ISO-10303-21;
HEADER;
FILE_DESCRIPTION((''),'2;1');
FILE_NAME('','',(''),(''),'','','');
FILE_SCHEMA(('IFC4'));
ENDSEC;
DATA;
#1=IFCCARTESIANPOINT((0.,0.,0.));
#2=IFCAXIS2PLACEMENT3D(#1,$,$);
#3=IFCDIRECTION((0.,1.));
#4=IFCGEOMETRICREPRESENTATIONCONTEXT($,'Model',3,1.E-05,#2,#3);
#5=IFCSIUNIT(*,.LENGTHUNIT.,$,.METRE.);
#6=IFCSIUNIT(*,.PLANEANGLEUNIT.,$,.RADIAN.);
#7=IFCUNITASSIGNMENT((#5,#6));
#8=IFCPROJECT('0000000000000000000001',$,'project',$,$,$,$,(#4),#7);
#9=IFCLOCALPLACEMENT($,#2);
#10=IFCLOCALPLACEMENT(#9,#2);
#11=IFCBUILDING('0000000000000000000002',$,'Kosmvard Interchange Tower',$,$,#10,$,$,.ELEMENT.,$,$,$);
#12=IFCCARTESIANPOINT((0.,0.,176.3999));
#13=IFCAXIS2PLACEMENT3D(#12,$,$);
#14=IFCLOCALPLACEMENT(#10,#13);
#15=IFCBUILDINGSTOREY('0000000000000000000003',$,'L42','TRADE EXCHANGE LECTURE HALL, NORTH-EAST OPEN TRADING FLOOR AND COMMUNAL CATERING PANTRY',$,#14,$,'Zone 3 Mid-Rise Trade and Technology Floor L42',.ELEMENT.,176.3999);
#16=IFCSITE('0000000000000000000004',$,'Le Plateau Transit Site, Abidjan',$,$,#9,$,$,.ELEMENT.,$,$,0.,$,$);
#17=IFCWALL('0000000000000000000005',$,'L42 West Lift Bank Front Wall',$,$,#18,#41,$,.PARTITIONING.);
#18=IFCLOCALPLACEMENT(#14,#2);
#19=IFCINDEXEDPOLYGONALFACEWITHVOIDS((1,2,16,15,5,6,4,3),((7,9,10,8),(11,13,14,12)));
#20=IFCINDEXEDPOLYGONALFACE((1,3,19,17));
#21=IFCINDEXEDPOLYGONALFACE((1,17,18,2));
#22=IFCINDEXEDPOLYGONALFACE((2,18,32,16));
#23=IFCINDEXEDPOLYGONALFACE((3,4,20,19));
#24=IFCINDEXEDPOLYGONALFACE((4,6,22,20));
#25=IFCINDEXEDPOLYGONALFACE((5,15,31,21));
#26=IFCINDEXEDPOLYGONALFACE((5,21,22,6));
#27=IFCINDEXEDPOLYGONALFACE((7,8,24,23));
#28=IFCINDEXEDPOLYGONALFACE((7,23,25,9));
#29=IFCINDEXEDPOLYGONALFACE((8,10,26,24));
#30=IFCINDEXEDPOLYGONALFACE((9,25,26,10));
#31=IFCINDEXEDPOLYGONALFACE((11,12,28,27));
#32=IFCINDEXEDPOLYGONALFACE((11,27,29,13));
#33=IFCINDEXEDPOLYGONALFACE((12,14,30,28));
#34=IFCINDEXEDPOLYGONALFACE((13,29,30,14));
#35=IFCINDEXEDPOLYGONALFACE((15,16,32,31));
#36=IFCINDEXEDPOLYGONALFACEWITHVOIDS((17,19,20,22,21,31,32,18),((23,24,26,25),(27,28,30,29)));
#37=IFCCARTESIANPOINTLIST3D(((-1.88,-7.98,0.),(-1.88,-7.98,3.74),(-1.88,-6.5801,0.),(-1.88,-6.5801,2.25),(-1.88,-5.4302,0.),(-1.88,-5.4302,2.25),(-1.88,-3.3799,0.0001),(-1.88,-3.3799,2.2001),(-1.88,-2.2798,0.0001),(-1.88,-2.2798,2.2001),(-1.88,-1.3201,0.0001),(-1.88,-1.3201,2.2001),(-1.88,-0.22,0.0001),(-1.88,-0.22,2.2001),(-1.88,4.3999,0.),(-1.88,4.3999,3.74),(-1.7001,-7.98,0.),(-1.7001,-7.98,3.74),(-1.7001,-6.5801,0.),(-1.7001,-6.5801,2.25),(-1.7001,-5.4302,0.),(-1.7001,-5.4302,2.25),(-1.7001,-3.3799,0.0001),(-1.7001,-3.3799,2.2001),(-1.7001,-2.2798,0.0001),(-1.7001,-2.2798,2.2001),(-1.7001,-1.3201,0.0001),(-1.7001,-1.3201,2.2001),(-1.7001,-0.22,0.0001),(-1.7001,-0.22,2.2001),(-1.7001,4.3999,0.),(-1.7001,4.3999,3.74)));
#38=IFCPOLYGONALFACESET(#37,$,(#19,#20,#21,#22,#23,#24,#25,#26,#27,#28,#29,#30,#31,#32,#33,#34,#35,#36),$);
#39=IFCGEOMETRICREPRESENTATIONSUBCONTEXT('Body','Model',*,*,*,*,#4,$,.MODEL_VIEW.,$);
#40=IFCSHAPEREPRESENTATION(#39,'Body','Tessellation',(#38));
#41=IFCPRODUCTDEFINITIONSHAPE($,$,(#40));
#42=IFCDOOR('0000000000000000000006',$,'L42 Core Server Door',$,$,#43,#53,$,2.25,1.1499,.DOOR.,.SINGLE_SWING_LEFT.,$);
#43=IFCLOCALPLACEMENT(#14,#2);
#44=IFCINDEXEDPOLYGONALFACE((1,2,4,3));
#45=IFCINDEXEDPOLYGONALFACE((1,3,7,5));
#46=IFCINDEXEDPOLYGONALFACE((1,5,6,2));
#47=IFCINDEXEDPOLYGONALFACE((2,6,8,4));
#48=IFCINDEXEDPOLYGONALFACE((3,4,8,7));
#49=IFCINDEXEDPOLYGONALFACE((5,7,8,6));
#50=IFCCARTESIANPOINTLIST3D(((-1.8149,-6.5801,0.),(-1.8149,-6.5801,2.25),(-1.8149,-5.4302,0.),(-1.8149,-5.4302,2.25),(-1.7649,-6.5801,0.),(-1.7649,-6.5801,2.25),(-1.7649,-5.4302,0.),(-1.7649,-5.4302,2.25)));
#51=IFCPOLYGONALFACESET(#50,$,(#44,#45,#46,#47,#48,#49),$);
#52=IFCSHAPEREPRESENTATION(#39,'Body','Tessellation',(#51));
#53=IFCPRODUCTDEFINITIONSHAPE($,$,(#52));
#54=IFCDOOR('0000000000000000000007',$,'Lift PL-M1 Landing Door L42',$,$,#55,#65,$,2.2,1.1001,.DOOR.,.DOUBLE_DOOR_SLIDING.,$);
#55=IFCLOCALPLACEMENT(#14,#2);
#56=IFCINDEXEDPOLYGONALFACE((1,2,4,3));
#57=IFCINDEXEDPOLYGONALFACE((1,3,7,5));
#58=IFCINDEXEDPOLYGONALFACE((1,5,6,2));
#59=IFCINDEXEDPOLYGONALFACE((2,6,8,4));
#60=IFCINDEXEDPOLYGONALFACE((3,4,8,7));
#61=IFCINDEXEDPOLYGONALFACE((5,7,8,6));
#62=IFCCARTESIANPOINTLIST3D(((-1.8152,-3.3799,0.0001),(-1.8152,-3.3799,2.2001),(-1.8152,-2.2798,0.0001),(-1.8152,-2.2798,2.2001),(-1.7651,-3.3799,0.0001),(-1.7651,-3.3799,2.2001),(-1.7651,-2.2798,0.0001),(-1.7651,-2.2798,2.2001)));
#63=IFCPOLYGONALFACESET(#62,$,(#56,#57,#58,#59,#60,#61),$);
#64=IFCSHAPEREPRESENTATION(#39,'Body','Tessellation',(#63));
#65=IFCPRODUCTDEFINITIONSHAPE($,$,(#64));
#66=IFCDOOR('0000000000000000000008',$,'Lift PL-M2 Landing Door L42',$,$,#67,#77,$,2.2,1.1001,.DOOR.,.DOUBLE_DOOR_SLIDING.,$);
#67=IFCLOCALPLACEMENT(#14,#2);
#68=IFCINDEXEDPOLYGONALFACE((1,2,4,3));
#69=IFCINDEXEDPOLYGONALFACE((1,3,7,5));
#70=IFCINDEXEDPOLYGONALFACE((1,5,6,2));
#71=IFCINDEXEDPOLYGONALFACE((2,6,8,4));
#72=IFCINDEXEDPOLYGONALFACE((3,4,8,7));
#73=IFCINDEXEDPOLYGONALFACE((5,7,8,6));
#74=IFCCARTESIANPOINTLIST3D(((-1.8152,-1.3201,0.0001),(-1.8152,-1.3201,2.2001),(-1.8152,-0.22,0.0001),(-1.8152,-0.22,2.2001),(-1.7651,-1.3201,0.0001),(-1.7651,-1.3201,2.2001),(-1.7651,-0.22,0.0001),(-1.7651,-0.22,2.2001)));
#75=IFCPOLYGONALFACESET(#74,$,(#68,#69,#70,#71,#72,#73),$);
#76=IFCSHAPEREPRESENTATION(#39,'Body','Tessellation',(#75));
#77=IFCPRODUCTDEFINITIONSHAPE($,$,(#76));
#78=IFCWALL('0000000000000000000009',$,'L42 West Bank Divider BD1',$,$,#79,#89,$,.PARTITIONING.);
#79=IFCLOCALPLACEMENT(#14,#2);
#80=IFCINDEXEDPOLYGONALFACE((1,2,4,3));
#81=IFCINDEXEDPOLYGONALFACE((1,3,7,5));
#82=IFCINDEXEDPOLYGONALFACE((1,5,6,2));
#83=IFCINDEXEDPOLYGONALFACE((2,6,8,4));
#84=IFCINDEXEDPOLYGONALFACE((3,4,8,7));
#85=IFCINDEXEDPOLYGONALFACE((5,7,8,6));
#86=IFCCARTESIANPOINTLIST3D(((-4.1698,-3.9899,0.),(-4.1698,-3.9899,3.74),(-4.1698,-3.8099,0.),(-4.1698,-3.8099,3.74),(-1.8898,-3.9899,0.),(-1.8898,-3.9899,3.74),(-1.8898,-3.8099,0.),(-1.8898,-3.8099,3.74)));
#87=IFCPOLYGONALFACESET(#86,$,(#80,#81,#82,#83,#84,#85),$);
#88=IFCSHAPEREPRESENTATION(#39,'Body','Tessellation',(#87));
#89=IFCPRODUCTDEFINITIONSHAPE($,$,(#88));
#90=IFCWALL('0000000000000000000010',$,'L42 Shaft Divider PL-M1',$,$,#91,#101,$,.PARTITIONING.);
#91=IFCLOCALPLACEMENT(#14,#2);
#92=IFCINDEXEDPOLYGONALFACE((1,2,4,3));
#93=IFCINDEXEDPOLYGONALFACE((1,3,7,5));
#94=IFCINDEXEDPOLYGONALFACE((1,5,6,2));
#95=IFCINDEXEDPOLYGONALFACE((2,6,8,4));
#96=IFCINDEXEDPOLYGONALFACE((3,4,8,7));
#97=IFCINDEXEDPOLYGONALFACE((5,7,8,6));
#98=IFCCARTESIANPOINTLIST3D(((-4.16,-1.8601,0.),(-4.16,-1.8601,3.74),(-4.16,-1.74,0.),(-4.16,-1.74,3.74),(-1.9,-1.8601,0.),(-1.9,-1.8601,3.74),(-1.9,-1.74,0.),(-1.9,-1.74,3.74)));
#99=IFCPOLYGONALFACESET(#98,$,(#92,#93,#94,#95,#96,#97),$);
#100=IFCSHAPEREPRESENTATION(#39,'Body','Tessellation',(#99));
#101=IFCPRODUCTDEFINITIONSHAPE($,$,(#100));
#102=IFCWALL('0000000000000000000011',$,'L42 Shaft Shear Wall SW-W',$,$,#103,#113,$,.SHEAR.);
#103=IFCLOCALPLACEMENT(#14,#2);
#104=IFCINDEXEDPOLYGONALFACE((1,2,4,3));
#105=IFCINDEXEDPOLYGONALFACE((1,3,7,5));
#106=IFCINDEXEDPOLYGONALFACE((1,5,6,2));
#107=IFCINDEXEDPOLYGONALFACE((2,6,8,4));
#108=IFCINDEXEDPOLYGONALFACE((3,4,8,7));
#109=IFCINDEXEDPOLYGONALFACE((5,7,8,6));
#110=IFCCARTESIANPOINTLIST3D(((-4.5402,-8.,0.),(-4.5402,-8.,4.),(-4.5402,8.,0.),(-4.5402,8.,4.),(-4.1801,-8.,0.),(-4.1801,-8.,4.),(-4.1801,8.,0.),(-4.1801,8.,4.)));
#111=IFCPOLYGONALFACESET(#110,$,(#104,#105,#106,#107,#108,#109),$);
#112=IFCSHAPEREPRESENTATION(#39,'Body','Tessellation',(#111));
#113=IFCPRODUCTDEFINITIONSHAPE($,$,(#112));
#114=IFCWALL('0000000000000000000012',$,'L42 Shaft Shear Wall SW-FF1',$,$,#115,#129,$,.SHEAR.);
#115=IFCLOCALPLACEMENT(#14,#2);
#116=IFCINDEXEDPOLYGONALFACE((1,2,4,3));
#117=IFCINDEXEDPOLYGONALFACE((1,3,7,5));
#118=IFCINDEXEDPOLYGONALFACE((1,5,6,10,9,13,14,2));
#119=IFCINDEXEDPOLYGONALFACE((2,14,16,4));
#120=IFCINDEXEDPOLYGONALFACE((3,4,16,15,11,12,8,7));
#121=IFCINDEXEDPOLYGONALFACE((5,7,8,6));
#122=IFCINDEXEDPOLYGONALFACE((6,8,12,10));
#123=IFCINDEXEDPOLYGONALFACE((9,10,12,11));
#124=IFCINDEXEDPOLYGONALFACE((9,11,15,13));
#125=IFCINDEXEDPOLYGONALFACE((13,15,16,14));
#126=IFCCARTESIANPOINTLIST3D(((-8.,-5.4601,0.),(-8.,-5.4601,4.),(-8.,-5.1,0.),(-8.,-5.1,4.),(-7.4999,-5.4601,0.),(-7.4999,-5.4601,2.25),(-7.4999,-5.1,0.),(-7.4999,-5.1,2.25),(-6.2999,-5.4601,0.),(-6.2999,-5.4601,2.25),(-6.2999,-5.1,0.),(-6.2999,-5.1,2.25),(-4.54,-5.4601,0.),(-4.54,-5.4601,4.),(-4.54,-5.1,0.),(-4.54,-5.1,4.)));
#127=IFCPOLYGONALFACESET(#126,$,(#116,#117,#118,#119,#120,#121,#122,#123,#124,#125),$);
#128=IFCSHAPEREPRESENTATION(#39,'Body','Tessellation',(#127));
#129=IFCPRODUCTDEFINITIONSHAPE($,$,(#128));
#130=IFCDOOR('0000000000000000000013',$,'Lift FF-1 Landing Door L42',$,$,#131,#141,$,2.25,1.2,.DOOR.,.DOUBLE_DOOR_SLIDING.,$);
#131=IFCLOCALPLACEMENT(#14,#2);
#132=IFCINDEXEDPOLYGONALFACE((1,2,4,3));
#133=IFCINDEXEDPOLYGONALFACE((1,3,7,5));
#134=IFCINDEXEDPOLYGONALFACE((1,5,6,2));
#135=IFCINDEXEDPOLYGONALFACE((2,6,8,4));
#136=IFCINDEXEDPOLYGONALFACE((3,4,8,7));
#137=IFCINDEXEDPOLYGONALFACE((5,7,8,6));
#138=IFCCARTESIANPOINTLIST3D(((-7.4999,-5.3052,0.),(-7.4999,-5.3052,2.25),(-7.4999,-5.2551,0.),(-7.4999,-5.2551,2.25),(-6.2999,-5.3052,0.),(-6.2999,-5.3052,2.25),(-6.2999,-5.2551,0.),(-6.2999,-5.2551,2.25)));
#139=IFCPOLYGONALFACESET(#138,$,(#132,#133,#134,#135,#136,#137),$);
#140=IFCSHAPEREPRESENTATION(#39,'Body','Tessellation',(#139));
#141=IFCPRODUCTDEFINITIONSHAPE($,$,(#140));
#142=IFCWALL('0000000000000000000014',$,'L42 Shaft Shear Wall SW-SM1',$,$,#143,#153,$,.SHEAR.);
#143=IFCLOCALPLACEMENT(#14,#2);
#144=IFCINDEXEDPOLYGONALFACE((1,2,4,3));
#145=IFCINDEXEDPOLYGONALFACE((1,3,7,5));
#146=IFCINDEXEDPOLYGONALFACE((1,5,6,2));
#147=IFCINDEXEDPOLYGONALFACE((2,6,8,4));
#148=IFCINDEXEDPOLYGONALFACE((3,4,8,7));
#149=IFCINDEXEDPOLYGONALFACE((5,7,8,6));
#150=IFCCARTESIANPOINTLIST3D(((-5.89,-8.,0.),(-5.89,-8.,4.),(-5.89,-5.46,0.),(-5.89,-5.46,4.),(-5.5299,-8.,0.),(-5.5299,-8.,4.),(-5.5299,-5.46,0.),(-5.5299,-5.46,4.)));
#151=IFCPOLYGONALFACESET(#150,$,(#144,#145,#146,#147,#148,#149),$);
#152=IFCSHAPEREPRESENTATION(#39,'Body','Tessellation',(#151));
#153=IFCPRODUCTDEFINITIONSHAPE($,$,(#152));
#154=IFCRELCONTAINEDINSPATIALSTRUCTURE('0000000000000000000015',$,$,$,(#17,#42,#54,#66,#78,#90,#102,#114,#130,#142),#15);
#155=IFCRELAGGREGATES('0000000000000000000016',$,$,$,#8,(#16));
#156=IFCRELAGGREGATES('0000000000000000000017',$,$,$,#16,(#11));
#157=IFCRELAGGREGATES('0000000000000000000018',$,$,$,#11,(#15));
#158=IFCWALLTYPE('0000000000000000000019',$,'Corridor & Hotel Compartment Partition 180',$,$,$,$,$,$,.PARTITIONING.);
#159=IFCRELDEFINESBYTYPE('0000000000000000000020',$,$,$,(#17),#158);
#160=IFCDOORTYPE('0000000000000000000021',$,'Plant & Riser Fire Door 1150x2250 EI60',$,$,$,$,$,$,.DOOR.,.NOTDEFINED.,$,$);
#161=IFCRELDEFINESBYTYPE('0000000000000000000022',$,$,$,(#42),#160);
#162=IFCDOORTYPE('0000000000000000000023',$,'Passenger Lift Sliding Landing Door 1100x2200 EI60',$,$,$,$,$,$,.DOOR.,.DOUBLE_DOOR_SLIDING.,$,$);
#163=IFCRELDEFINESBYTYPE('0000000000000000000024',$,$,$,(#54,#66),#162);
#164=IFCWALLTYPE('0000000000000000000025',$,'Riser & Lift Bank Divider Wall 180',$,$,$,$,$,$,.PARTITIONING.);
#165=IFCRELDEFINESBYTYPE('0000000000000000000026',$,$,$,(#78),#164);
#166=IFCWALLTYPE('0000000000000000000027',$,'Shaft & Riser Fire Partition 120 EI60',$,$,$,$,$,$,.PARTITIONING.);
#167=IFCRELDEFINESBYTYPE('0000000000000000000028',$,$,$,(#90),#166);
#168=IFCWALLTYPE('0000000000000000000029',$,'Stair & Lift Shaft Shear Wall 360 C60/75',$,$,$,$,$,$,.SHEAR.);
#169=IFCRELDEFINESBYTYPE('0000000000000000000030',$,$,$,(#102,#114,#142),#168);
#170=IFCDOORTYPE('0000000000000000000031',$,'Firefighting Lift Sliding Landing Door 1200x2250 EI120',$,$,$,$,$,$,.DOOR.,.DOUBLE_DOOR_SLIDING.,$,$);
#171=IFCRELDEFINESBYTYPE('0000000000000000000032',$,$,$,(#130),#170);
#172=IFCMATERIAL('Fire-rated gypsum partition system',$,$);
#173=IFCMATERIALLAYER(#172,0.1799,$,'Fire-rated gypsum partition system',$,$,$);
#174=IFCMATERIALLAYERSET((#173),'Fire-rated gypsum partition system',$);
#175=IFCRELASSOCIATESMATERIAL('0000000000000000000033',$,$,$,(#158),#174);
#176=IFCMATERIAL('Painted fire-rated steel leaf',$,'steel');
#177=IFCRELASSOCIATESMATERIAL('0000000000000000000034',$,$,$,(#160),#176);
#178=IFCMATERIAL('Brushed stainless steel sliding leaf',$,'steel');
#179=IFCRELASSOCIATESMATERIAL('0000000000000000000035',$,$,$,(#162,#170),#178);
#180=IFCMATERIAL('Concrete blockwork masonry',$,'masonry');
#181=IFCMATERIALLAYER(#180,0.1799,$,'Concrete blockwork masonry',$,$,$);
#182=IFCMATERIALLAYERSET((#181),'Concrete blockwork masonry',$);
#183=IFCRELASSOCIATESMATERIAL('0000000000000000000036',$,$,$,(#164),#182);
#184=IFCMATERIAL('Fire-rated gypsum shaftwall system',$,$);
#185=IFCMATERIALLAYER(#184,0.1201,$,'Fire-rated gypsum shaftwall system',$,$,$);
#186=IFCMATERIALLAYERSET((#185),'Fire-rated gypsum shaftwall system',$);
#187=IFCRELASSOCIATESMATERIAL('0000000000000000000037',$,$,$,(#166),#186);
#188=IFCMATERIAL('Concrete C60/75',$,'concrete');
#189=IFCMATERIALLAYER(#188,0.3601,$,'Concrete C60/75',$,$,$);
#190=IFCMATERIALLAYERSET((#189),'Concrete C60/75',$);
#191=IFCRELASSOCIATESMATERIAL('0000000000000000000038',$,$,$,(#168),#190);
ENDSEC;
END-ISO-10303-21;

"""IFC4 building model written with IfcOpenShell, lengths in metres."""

from ifc_helpers import new_model, si_unit, direction, frame, frame_2d, origin, place, context, subcontext, project, spatial, rectangle, extrude, source, transform, mapped, material, layer, layer_set, type_object, element, fill, save


model = new_model("IFC4")

# Units and contexts
model_context = context("Model", 3, precision=1e-05, world=origin(), true_north=direction((0.0, 1.0)))
body_context = subcontext(model_context, "Body", "Model", "MODEL_VIEW")
ifc_project = project(units=[si_unit("LENGTHUNIT", "METRE"), si_unit("PLANEANGLEUNIT", "RADIAN")], contexts=[model_context])

# Site, building, storey
site_placement = place(None, origin())
site = spatial("IfcSite", under=ifc_project, at=site_placement, Name="Le Plateau Transit Site, Abidjan", CompositionType="ELEMENT", RefElevation=0.0)
building_placement = place(site_placement, origin())
building = spatial("IfcBuilding", under=site, at=building_placement, Name="Kosmvard Interchange Tower", CompositionType="ELEMENT")
storey_placement = place(building_placement, frame((0.0, 0.0, 176.3999)))
storey = spatial("IfcBuildingStorey", under=building, at=storey_placement, Name="L42", Description="TRADE EXCHANGE LECTURE HALL, NORTH-EAST OPEN TRADING FLOOR AND COMMUNAL CATERING PANTRY", LongName="Zone 3 Mid-Rise Trade and Technology Floor L42", CompositionType="ELEMENT", Elevation=176.3999)

# Shared definitions
ifc_material_1 = material(Name="Concrete C60/75", Category="concrete")

# Wall, openings, doors
ifc_material_2 = material(Name="Fire-rated gypsum partition system")
ifc_layer_1 = layer(ifc_material_2, 0.1799, Name="Fire-rated gypsum partition system")
ifc_layer_set_1 = layer_set([ifc_layer_1], Name="Fire-rated gypsum partition system")
wall_type_1 = type_object("IfcWallType", Name="Corridor & Hotel Compartment Partition 180", PredefinedType="PARTITIONING", material=ifc_layer_set_1)
wall_1_placement = place(storey_placement, frame((-1.79, -7.98, 0.0), z_axis=(0.0, 0.0, 1.0), x_axis=(0.0, 1.0, 0.0)))
wall_1 = element("IfcWall", 1, at=wall_1_placement, inside=storey, type_object=wall_type_1, Name="L42 West Lift Bank Front Wall", PredefinedType="PARTITIONING", context=body_context, shape_type="SweptSolid", body=[
    extrude(rectangle(XDim=12.3799, YDim=0.1799, at=frame_2d((6.1899, 0.0))), origin(), (0.0, 0.0, 1.0), 3.74),
])
opening_1_placement = place(wall_1_placement, frame((4.6001, 0.0, 0.0)))
opening_1 = element("IfcOpeningElement", 2, at=opening_1_placement, cuts=wall_1, PredefinedType="OPENING", context=body_context, shape_type="SweptSolid", body=[
    extrude(rectangle(XDim=1.1001, YDim=2.2, at=frame_2d((0.55, 1.1001))), frame((0.0, 0.1001, 0.0), z_axis=(0.0, -1.0, 0.0), x_axis=(1.0, 0.0, 0.0)), (0.0, 0.0, 1.0), 0.2),
])
opening_2_placement = place(wall_1_placement, frame((6.6599, 0.0, 0.0)))
opening_2 = element("IfcOpeningElement", 3, at=opening_2_placement, cuts=wall_1, PredefinedType="OPENING", context=body_context, shape_type="SweptSolid", body=[
    extrude(rectangle(XDim=1.1001, YDim=2.2, at=frame_2d((0.55, 1.1001))), frame((0.0, 0.1001, 0.0), z_axis=(0.0, -1.0, 0.0), x_axis=(1.0, 0.0, 0.0)), (0.0, 0.0, 1.0), 0.2),
])
opening_3_placement = place(wall_1_placement, frame((1.3999, 0.0, 0.0)))
opening_3 = element("IfcOpeningElement", 4, at=opening_3_placement, cuts=wall_1, PredefinedType="OPENING", context=body_context, shape_type="SweptSolid", body=[
    extrude(rectangle(XDim=1.1499, YDim=2.25, at=frame_2d((0.575, 1.125))), frame((0.0, 0.1001, 0.0), z_axis=(0.0, -1.0, 0.0), x_axis=(1.0, 0.0, 0.0)), (0.0, 0.0, 1.0), 0.2),
])
ifc_material_3 = material(Name="Painted fire-rated steel leaf", Category="steel")
door_type_1 = type_object("IfcDoorType", Name="Plant & Riser Fire Door 1150x2250 EI60", OperationType="NOTDEFINED", PredefinedType="DOOR", material=ifc_material_3)
shared_shape_1 = source(origin(), body_context, "Body", "SweptSolid", [
    extrude(rectangle(XDim=1.1499, YDim=2.25, at=frame_2d((0.575, 1.125))), frame((0.0, 0.0249, 0.0), z_axis=(0.0, -1.0, 0.0), x_axis=(1.0, 0.0, 0.0)), (0.0, 0.0, 1.0), 0.05),
])
door_1_placement = place(opening_3_placement, origin())
door_1 = element("IfcDoor", 5, at=door_1_placement, inside=storey, type_object=door_type_1, Name="L42 Core Server Door", OperationType="SINGLE_SWING_LEFT", OverallHeight=2.25, OverallWidth=1.1499, PredefinedType="DOOR", context=body_context, shape_type="MappedRepresentation", body=[
    mapped(shared_shape_1, transform((0.0, 0.0, 0.0), scale=1.0)),
])
fill(opening_3, door_1)
ifc_material_4 = material(Name="Brushed stainless steel sliding leaf", Category="steel")
door_type_2 = type_object("IfcDoorType", Name="Passenger Lift Sliding Landing Door 1100x2200 EI60", OperationType="DOUBLE_DOOR_SLIDING", PredefinedType="DOOR", material=ifc_material_4)
shared_shape_2 = source(origin(), body_context, "Body", "SweptSolid", [
    extrude(rectangle(XDim=1.1001, YDim=2.2, at=frame_2d((0.55, 1.1001))), frame((0.0, 0.0249, 0.0), z_axis=(0.0, -1.0, 0.0), x_axis=(1.0, 0.0, 0.0)), (0.0, 0.0, 1.0), 0.05),
])
door_2_placement = place(opening_1_placement, frame((1.1001, 0.0, 0.0), z_axis=(0.0, 0.0, 1.0), x_axis=(-1.0, 0.0, 0.0)))
door_2 = element("IfcDoor", 6, at=door_2_placement, inside=storey, type_object=door_type_2, Name="Lift PL-M1 Landing Door L42", OperationType="DOUBLE_DOOR_SLIDING", OverallHeight=2.2, OverallWidth=1.1001, PredefinedType="DOOR", context=body_context, shape_type="MappedRepresentation", body=[
    mapped(shared_shape_2, transform((0.0, 0.0, 0.0), scale=1.0)),
])
fill(opening_1, door_2)
door_3_placement = place(opening_2_placement, frame((1.1001, 0.0, 0.0), z_axis=(0.0, 0.0, 1.0), x_axis=(-1.0, 0.0, 0.0)))
door_3 = element("IfcDoor", 7, at=door_3_placement, inside=storey, type_object=door_type_2, Name="Lift PL-M2 Landing Door L42", OperationType="DOUBLE_DOOR_SLIDING", OverallHeight=2.2, OverallWidth=1.1001, PredefinedType="DOOR", context=body_context, shape_type="MappedRepresentation", body=[
    mapped(shared_shape_2, transform((0.0, 0.0, 0.0), scale=1.0)),
])
fill(opening_2, door_3)

# Walls
ifc_material_5 = material(Name="Concrete blockwork masonry", Category="masonry")
ifc_layer_2 = layer(ifc_material_5, 0.1799, Name="Concrete blockwork masonry")
ifc_layer_set_2 = layer_set([ifc_layer_2], Name="Concrete blockwork masonry")
wall_type_2 = type_object("IfcWallType", Name="Riser & Lift Bank Divider Wall 180", PredefinedType="PARTITIONING", material=ifc_layer_set_2)
wall_2_placement = place(storey_placement, frame((-4.1699, -3.8999, 0.0), z_axis=(0.0, 0.0, 1.0), x_axis=(1.0, 0.0, 0.0)))
element("IfcWall", 8, at=wall_2_placement, inside=storey, type_object=wall_type_2, Name="L42 West Bank Divider BD1", PredefinedType="PARTITIONING", context=body_context, shape_type="SweptSolid", body=[
    extrude(rectangle(XDim=2.28, YDim=0.1799, at=frame_2d((1.1401, 0.0))), origin(), (0.0, 0.0, 1.0), 3.74),
])
ifc_material_6 = material(Name="Fire-rated gypsum shaftwall system")
ifc_layer_3 = layer(ifc_material_6, 0.1201, Name="Fire-rated gypsum shaftwall system")
ifc_layer_set_3 = layer_set([ifc_layer_3], Name="Fire-rated gypsum shaftwall system")
wall_type_3 = type_object("IfcWallType", Name="Shaft & Riser Fire Partition 120 EI60", PredefinedType="PARTITIONING", material=ifc_layer_set_3)
wall_3_placement = place(storey_placement, frame((-4.1599, -1.8, 0.0), z_axis=(0.0, 0.0, 1.0), x_axis=(1.0, 0.0, 0.0)))
element("IfcWall", 9, at=wall_3_placement, inside=storey, type_object=wall_type_3, Name="L42 Shaft Divider PL-M1", PredefinedType="PARTITIONING", context=body_context, shape_type="SweptSolid", body=[
    extrude(rectangle(XDim=2.26, YDim=0.1201, at=frame_2d((1.1299, 0.0))), origin(), (0.0, 0.0, 1.0), 3.74),
])
ifc_layer_4 = layer(ifc_material_1, 0.3601, Name="Concrete C60/75")
ifc_layer_set_4 = layer_set([ifc_layer_4], Name="Concrete C60/75")
wall_type_4 = type_object("IfcWallType", Name="Stair & Lift Shaft Shear Wall 360 C60/75", PredefinedType="SHEAR", material=ifc_layer_set_4)
wall_4_placement = place(storey_placement, frame((-4.3601, -8.0, 0.0), z_axis=(0.0, 0.0, 1.0), x_axis=(0.0, 1.0, 0.0)))
element("IfcWall", 10, at=wall_4_placement, inside=storey, type_object=wall_type_4, Name="L42 Shaft Shear Wall SW-W", PredefinedType="SHEAR", context=body_context, shape_type="SweptSolid", body=[
    extrude(rectangle(XDim=16.0, YDim=0.3601, at=frame_2d((8.0, 0.0))), origin(), (0.0, 0.0, 1.0), 4.0),
])

# Wall, opening, door
wall_5_placement = place(storey_placement, frame((-8.0, -5.28, 0.0), z_axis=(0.0, 0.0, 1.0), x_axis=(1.0, 0.0, 0.0)))
wall_5 = element("IfcWall", 11, at=wall_5_placement, inside=storey, type_object=wall_type_4, Name="L42 Shaft Shear Wall SW-FF1", PredefinedType="SHEAR", context=body_context, shape_type="SweptSolid", body=[
    extrude(rectangle(XDim=3.46, YDim=0.3601, at=frame_2d((1.73, 0.0))), origin(), (0.0, 0.0, 1.0), 4.0),
])
opening_4_placement = place(wall_5_placement, frame((0.5, 0.0, 0.0)))
opening_4 = element("IfcOpeningElement", 12, at=opening_4_placement, cuts=wall_5, PredefinedType="OPENING", context=body_context, shape_type="SweptSolid", body=[
    extrude(rectangle(XDim=1.2, YDim=2.25, at=frame_2d((0.6001, 1.125))), frame((0.0, 0.1899, 0.0), z_axis=(0.0, -1.0, 0.0), x_axis=(1.0, 0.0, 0.0)), (0.0, 0.0, 1.0), 0.3801),
])
door_type_3 = type_object("IfcDoorType", Name="Firefighting Lift Sliding Landing Door 1200x2250 EI120", OperationType="DOUBLE_DOOR_SLIDING", PredefinedType="DOOR", material=ifc_material_4)
shared_shape_3 = source(origin(), body_context, "Body", "SweptSolid", [
    extrude(rectangle(XDim=1.2, YDim=2.25, at=frame_2d((0.6001, 1.125))), frame((0.0, 0.0249, 0.0), z_axis=(0.0, -1.0, 0.0), x_axis=(1.0, 0.0, 0.0)), (0.0, 0.0, 1.0), 0.05),
])
door_4_placement = place(opening_4_placement, origin())
door_4 = element("IfcDoor", 13, at=door_4_placement, inside=storey, type_object=door_type_3, Name="Lift FF-1 Landing Door L42", OperationType="DOUBLE_DOOR_SLIDING", OverallHeight=2.25, OverallWidth=1.2, PredefinedType="DOOR", context=body_context, shape_type="MappedRepresentation", body=[
    mapped(shared_shape_3, transform((0.0, 0.0, 0.0), scale=1.0)),
])
fill(opening_4, door_4)

# Wall
wall_6_placement = place(storey_placement, frame((-5.71, -8.0, 0.0), z_axis=(0.0, 0.0, 1.0), x_axis=(0.0, 1.0, 0.0)))
element("IfcWall", 14, at=wall_6_placement, inside=storey, type_object=wall_type_4, Name="L42 Shaft Shear Wall SW-SM1", PredefinedType="SHEAR", context=body_context, shape_type="SweptSolid", body=[
    extrude(rectangle(XDim=2.54, YDim=0.3601, at=frame_2d((1.27, 0.0))), origin(), (0.0, 0.0, 1.0), 4.0),
])

save(model, "model.ifc")
